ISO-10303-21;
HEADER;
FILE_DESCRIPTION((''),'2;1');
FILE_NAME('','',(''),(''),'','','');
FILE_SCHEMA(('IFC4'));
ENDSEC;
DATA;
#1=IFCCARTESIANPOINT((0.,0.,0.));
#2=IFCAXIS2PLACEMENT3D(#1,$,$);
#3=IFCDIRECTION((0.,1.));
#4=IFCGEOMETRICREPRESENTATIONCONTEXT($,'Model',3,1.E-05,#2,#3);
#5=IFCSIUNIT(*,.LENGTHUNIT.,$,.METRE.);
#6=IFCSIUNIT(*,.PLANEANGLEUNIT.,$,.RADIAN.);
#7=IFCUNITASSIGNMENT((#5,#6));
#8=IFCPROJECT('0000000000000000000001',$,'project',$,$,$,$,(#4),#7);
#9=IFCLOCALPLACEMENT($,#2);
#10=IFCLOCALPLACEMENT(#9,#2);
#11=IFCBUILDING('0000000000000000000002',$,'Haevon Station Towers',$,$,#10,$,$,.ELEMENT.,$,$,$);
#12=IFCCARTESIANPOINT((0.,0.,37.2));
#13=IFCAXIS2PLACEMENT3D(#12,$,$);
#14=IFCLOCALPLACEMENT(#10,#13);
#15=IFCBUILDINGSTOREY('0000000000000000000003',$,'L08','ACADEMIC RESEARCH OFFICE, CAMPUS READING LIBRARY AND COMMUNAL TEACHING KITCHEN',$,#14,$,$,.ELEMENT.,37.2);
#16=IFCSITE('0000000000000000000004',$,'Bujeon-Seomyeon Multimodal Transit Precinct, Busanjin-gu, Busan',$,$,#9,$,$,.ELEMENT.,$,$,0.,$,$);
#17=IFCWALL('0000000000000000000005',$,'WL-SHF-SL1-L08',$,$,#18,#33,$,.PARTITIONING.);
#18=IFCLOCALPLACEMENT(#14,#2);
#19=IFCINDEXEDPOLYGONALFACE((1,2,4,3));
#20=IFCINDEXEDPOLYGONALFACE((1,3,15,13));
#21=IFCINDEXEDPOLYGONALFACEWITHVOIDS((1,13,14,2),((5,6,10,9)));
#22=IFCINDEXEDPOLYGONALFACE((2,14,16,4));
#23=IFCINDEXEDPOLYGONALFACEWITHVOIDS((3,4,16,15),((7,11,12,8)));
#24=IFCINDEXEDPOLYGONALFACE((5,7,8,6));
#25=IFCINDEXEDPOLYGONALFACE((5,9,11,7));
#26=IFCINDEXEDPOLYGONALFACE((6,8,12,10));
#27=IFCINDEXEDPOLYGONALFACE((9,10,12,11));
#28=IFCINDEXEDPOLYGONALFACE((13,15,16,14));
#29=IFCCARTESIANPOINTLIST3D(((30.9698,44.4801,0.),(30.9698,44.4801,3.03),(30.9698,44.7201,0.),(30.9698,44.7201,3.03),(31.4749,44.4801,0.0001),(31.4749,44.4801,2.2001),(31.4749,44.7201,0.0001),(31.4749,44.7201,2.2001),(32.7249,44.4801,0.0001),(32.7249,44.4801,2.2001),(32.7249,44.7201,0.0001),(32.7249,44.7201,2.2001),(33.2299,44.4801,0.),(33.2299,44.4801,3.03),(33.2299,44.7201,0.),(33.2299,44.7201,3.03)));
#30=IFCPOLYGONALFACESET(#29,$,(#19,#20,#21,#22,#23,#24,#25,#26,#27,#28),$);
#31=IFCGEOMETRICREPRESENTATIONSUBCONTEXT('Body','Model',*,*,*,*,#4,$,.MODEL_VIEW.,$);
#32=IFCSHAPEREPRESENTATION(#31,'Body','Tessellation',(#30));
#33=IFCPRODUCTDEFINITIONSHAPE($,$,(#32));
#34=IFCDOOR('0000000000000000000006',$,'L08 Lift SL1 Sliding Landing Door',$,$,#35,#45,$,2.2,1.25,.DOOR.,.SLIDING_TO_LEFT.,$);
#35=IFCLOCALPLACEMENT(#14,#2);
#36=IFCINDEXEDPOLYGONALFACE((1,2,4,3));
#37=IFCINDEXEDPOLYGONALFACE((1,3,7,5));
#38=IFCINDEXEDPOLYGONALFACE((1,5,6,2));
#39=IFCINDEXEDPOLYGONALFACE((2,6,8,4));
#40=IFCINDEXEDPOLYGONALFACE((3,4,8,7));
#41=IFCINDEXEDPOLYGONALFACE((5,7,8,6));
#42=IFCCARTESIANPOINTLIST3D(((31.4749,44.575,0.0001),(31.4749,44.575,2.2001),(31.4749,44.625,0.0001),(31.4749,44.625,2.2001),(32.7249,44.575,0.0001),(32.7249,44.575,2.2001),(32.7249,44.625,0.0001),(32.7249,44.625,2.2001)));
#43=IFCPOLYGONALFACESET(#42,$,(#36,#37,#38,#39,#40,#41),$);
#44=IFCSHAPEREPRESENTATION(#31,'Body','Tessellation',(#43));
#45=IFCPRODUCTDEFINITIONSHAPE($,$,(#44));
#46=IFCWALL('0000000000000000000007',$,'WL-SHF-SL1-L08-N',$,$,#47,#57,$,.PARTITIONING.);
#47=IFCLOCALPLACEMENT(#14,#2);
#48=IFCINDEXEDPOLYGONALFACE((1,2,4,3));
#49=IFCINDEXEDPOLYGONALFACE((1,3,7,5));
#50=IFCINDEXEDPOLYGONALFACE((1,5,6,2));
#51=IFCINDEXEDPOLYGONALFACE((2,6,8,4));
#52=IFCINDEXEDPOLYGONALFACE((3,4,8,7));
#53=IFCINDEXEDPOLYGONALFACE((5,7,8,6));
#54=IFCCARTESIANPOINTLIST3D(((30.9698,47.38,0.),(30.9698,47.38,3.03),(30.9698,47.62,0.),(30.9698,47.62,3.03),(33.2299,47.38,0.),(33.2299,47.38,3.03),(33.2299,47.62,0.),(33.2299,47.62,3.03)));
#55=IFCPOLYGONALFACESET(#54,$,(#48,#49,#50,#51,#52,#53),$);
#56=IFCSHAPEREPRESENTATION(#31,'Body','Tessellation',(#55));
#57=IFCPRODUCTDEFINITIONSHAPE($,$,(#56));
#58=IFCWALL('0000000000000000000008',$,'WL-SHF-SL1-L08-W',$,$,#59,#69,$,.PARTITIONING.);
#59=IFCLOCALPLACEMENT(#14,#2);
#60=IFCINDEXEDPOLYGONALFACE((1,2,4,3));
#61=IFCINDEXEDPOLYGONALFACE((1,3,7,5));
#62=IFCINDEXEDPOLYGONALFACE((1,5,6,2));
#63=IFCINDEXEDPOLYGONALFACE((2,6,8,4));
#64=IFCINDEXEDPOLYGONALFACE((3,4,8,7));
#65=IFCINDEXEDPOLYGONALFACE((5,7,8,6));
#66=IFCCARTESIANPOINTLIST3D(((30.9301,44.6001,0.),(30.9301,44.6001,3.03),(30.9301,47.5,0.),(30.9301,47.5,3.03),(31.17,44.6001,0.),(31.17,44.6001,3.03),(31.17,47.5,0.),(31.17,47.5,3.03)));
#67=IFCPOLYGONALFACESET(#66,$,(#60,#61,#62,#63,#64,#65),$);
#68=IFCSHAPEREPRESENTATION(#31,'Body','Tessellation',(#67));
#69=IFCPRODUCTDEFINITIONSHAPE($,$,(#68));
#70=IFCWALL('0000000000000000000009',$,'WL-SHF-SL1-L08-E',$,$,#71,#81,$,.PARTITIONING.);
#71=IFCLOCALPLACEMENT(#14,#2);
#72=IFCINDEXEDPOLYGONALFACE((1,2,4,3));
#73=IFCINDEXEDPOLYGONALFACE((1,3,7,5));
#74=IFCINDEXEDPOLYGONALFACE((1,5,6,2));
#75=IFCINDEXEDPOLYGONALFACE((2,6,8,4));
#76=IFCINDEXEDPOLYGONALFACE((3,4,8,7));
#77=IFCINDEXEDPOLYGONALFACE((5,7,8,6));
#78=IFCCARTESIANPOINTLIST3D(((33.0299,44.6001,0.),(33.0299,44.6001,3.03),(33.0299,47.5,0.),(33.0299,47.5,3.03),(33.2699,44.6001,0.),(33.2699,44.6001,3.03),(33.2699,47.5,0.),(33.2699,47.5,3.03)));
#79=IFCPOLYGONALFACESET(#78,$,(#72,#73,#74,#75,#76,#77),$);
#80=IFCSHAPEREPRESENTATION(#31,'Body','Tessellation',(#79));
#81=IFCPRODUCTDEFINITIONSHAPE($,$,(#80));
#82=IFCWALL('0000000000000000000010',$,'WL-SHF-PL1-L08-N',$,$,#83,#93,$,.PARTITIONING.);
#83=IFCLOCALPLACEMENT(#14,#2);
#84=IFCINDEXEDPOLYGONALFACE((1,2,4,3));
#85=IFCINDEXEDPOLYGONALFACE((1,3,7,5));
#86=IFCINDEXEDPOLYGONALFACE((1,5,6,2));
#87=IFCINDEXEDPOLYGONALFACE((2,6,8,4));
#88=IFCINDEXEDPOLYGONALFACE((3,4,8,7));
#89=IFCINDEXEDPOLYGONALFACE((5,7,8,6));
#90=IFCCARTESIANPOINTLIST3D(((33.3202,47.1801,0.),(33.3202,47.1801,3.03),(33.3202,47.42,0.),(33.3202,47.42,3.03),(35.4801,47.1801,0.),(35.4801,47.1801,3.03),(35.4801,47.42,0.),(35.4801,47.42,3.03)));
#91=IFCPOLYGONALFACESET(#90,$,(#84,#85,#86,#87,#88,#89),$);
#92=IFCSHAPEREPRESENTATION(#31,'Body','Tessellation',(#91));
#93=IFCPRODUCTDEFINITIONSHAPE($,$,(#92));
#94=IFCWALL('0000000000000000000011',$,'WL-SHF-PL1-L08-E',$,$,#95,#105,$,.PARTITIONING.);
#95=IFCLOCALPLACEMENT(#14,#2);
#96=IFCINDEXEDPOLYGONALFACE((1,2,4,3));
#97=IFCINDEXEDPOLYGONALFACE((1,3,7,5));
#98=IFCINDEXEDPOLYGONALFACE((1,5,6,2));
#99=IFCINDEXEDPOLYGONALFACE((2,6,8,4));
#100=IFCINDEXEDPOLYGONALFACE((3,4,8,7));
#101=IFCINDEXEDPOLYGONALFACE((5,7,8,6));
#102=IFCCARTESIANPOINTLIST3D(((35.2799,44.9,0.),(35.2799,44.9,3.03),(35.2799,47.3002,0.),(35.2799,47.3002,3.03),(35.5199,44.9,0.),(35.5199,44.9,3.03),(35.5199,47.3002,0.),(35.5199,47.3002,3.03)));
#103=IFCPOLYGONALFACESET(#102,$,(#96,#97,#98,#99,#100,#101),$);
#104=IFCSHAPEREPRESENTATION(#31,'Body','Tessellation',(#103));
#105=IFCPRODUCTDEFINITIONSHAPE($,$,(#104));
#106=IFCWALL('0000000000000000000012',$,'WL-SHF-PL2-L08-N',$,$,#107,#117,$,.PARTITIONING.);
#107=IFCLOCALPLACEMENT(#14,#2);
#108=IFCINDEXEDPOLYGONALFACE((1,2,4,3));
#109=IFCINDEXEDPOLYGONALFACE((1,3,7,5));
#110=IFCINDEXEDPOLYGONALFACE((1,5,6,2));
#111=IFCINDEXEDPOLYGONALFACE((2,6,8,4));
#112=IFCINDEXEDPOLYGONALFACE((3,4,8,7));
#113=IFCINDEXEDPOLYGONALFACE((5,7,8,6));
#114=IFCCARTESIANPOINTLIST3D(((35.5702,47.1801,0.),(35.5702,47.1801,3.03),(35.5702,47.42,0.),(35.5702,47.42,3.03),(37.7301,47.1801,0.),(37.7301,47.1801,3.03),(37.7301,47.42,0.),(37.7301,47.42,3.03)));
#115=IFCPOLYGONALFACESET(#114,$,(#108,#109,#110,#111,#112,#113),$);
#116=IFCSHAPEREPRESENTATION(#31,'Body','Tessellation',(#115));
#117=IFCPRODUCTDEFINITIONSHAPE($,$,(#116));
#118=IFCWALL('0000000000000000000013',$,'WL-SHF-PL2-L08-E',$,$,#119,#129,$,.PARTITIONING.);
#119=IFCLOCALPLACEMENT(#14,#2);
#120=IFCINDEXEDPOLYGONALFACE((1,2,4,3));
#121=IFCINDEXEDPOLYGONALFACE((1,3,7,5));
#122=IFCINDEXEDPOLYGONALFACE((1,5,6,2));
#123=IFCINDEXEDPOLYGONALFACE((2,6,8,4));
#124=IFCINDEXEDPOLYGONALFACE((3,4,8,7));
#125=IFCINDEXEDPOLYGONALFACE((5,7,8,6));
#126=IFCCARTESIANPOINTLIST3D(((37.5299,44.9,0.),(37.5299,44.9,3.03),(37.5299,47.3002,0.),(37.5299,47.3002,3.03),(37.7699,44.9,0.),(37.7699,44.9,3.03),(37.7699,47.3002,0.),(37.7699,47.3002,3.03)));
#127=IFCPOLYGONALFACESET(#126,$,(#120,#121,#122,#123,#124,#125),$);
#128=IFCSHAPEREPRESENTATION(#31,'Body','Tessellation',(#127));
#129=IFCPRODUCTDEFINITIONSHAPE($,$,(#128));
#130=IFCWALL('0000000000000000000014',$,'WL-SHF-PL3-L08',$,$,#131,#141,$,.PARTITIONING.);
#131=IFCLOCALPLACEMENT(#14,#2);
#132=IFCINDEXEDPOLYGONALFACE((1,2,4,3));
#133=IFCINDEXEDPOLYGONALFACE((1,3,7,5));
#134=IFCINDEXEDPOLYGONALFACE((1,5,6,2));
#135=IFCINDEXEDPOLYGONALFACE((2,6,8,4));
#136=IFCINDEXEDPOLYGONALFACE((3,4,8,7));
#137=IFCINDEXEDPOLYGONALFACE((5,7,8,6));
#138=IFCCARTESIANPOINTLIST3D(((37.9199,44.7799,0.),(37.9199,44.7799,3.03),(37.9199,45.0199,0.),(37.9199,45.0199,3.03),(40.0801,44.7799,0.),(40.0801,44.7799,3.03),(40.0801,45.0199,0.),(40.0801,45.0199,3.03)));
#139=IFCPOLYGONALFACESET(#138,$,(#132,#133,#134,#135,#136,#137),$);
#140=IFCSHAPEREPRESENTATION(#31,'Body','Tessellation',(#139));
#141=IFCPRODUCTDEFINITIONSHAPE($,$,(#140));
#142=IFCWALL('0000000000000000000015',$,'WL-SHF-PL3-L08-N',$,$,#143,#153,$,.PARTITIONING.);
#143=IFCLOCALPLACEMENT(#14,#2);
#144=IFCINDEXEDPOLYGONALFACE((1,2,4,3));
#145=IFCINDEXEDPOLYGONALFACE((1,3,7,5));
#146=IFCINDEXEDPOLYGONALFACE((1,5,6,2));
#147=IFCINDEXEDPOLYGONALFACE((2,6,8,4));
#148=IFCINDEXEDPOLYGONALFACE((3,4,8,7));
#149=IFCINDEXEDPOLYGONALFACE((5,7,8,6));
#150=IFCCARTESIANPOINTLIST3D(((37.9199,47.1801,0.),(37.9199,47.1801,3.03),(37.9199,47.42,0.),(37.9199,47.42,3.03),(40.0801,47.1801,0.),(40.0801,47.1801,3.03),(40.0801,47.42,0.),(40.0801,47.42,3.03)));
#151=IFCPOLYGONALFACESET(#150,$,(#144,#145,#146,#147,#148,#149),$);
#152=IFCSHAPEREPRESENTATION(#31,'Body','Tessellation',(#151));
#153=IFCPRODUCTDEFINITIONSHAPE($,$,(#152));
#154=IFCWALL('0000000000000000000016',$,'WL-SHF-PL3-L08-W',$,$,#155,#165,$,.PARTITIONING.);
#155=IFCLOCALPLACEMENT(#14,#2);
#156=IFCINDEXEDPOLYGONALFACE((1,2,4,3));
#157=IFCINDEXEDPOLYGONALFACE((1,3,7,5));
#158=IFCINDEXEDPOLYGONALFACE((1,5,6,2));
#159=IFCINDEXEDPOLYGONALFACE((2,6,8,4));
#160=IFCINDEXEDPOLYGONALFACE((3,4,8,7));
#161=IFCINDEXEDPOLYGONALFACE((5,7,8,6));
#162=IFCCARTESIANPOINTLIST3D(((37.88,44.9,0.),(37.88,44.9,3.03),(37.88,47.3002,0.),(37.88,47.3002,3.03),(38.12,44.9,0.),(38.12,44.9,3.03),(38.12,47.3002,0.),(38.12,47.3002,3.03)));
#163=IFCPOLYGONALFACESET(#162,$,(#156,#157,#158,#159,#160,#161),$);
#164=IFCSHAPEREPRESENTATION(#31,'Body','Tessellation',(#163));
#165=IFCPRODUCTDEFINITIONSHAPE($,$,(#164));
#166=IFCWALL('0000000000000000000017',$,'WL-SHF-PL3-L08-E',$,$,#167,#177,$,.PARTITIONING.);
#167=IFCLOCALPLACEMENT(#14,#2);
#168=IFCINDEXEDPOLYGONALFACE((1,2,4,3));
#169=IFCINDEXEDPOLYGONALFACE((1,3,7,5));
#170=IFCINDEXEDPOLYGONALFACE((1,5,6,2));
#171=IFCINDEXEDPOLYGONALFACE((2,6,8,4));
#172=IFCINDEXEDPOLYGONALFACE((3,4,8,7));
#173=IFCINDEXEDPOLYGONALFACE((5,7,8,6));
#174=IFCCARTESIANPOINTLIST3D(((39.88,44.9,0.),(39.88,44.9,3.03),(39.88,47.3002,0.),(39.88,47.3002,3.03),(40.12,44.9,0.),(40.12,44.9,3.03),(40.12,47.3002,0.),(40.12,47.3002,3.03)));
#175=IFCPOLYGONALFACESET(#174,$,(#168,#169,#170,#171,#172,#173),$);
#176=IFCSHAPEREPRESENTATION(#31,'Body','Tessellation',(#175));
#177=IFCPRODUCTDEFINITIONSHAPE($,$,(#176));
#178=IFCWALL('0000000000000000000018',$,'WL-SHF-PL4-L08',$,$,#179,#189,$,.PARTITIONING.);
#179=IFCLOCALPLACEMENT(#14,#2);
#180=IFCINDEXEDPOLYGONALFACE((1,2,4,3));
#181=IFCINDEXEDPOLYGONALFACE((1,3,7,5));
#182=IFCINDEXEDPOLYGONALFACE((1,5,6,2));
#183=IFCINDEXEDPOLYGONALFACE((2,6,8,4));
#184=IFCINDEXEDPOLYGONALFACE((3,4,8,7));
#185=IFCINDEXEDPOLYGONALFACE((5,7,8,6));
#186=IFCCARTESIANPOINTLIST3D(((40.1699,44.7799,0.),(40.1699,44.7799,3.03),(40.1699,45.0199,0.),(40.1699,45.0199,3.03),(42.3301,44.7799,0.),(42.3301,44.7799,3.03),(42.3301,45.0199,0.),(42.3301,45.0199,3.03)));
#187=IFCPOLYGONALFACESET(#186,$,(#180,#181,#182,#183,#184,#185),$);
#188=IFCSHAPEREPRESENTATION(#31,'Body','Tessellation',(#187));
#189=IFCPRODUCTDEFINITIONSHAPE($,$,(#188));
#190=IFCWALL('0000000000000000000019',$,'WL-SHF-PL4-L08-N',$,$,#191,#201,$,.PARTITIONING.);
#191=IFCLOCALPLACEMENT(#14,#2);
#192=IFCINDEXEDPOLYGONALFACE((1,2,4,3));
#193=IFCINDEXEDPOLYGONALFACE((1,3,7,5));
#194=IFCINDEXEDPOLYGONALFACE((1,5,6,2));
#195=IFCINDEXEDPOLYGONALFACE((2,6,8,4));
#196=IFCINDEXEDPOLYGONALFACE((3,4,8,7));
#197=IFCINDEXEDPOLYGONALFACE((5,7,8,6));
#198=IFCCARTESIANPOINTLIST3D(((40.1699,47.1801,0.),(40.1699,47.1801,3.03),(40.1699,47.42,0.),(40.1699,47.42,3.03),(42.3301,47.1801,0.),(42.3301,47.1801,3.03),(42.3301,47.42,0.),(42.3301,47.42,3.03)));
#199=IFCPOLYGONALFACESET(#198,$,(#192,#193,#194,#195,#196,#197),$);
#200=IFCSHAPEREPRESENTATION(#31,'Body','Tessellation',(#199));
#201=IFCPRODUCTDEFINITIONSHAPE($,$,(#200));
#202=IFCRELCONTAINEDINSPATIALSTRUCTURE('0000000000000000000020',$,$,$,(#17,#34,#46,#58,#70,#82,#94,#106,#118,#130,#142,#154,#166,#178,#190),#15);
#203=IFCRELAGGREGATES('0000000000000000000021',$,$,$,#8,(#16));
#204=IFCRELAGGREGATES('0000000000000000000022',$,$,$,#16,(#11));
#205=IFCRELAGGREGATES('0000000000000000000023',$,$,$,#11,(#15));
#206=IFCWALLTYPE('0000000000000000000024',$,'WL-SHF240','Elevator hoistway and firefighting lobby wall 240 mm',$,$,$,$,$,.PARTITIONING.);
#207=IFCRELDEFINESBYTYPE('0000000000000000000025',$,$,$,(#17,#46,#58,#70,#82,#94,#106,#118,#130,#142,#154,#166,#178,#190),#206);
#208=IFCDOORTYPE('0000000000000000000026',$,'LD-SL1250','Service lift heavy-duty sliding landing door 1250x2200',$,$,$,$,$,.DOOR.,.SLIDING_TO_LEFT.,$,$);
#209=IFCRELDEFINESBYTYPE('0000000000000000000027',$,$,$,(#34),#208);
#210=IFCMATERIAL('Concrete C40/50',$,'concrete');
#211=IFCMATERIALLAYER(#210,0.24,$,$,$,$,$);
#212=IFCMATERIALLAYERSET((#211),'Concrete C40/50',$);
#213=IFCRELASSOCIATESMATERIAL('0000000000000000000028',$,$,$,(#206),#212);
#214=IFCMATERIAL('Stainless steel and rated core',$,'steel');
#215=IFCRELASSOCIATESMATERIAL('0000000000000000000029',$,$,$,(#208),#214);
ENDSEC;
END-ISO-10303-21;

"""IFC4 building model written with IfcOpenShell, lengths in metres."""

from ifc_helpers import new_model, si_unit, direction, frame, frame_2d, origin, place, context, subcontext, project, spatial, rectangle, extrude, material, layer, layer_set, type_object, element, fill, save


model = new_model("IFC4")

# Units and contexts
model_context = context("Model", 3, precision=1e-05, world=origin(), true_north=direction((0.0, 1.0)))
body_context = subcontext(model_context, "Body", "Model", "MODEL_VIEW")
ifc_project = project(units=[si_unit("LENGTHUNIT", "METRE"), si_unit("PLANEANGLEUNIT", "RADIAN")], contexts=[model_context])

# Site, building, storey
site_placement = place(None, origin())
site = spatial("IfcSite", under=ifc_project, at=site_placement, Name="Bujeon-Seomyeon Multimodal Transit Precinct, Busanjin-gu, Busan", CompositionType="ELEMENT", RefElevation=0.0)
building_placement = place(site_placement, origin())
building = spatial("IfcBuilding", under=site, at=building_placement, Name="Haevon Station Towers", CompositionType="ELEMENT")
storey_placement = place(building_placement, frame((0.0, 0.0, 37.2)))
storey = spatial("IfcBuildingStorey", under=building, at=storey_placement, Name="L08", Description="ACADEMIC RESEARCH OFFICE, CAMPUS READING LIBRARY AND COMMUNAL TEACHING KITCHEN", CompositionType="ELEMENT", Elevation=37.2)

# Wall, opening, door
ifc_material_1 = material(Name="Concrete C40/50", Category="concrete")
ifc_layer_1 = layer(ifc_material_1, 0.24)
ifc_layer_set_1 = layer_set([ifc_layer_1], Name="Concrete C40/50")
wall_type_1 = type_object("IfcWallType", Name="WL-SHF240", Description="Elevator hoistway and firefighting lobby wall 240 mm", PredefinedType="PARTITIONING", material=ifc_layer_set_1)
wall_1_placement = place(storey_placement, frame((30.97, 44.6001, 0.0), z_axis=(0.0, 0.0, 1.0), x_axis=(1.0, 0.0, 0.0)))
wall_1 = element("IfcWall", 1, at=wall_1_placement, inside=storey, type_object=wall_type_1, Name="WL-SHF-SL1-L08", PredefinedType="PARTITIONING", context=body_context, shape_type="SweptSolid", body=[
    extrude(rectangle(XDim=2.26, YDim=0.24, at=frame_2d((1.1299, 0.0))), origin(), (0.0, 0.0, 1.0), 3.03),
])
opening_1_placement = place(wall_1_placement, frame((0.5049, 0.0, 0.0)))
opening_1 = element("IfcOpeningElement", 2, at=opening_1_placement, cuts=wall_1, PredefinedType="OPENING", context=body_context, shape_type="SweptSolid", body=[
    extrude(rectangle(XDim=1.25, YDim=2.2, at=frame_2d((0.625, 1.1001))), frame((0.0, 0.1299, 0.0), z_axis=(0.0, -1.0, 0.0), x_axis=(1.0, 0.0, 0.0)), (0.0, 0.0, 1.0), 0.26),
])
ifc_material_2 = material(Name="Stainless steel and rated core", Category="steel")
door_type_1 = type_object("IfcDoorType", Name="LD-SL1250", Description="Service lift heavy-duty sliding landing door 1250x2200", OperationType="SLIDING_TO_LEFT", PredefinedType="DOOR", material=ifc_material_2)
door_1_placement = place(opening_1_placement, origin())
door_1 = element("IfcDoor", 3, at=door_1_placement, inside=storey, type_object=door_type_1, Name="L08 Lift SL1 Sliding Landing Door", OperationType="SLIDING_TO_LEFT", OverallHeight=2.2, OverallWidth=1.25, PredefinedType="DOOR", context=body_context, shape_type="SweptSolid", body=[
    extrude(rectangle(XDim=1.25, YDim=2.2, at=frame_2d((0.625, 1.1001))), frame((0.0, 0.0249, 0.0), z_axis=(0.0, -1.0, 0.0), x_axis=(1.0, 0.0, 0.0)), (0.0, 0.0, 1.0), 0.05),
])
fill(opening_1, door_1)

# Walls
wall_2_placement = place(storey_placement, frame((30.97, 47.5, 0.0), z_axis=(0.0, 0.0, 1.0), x_axis=(1.0, 0.0, 0.0)))
element("IfcWall", 4, at=wall_2_placement, inside=storey, type_object=wall_type_1, Name="WL-SHF-SL1-L08-N", PredefinedType="PARTITIONING", context=body_context, shape_type="SweptSolid", body=[
    extrude(rectangle(XDim=2.26, YDim=0.24, at=frame_2d((1.1299, 0.0))), origin(), (0.0, 0.0, 1.0), 3.03),
])
for number, where, z_axis, x_axis, name in (
    (5, (31.05, 44.6001, 0.0), (0.0, 0.0, 1.0), (0.0, 1.0, 0.0), "WL-SHF-SL1-L08-W"),
    (6, (33.1499, 44.6001, 0.0), (0.0, 0.0, 1.0), (0.0, 1.0, 0.0), "WL-SHF-SL1-L08-E"),
):
    element("IfcWall", number, at=place(storey_placement, frame(where, z_axis=z_axis, x_axis=x_axis)), inside=storey, type_object=wall_type_1, Name=name, PredefinedType="PARTITIONING", context=body_context, shape_type="SweptSolid", body=[
        extrude(rectangle(XDim=2.8999, YDim=0.24, at=frame_2d((1.45, 0.0))), origin(), (0.0, 0.0, 1.0), 3.03),
    ])

# Walls
wall_3_placement = place(storey_placement, frame((33.3201, 47.3, 0.0), z_axis=(0.0, 0.0, 1.0), x_axis=(1.0, 0.0, 0.0)))
element("IfcWall", 7, at=wall_3_placement, inside=storey, type_object=wall_type_1, Name="WL-SHF-PL1-L08-N", PredefinedType="PARTITIONING", context=body_context, shape_type="SweptSolid", body=[
    extrude(rectangle(XDim=2.1599, YDim=0.24, at=frame_2d((1.0801, 0.0))), origin(), (0.0, 0.0, 1.0), 3.03),
])
wall_4_placement = place(storey_placement, frame((35.3999, 44.8999, 0.0), z_axis=(0.0, 0.0, 1.0), x_axis=(0.0, 1.0, 0.0)))
element("IfcWall", 8, at=wall_4_placement, inside=storey, type_object=wall_type_1, Name="WL-SHF-PL1-L08-E", PredefinedType="PARTITIONING", context=body_context, shape_type="SweptSolid", body=[
    extrude(rectangle(XDim=2.4001, YDim=0.24, at=frame_2d((1.2002, 0.0))), origin(), (0.0, 0.0, 1.0), 3.03),
])

# Walls
wall_5_placement = place(storey_placement, frame((35.5701, 47.3, 0.0), z_axis=(0.0, 0.0, 1.0), x_axis=(1.0, 0.0, 0.0)))
element("IfcWall", 9, at=wall_5_placement, inside=storey, type_object=wall_type_1, Name="WL-SHF-PL2-L08-N", PredefinedType="PARTITIONING", context=body_context, shape_type="SweptSolid", body=[
    extrude(rectangle(XDim=2.1599, YDim=0.24, at=frame_2d((1.0801, 0.0))), origin(), (0.0, 0.0, 1.0), 3.03),
])
wall_6_placement = place(storey_placement, frame((37.6499, 44.8999, 0.0), z_axis=(0.0, 0.0, 1.0), x_axis=(0.0, 1.0, 0.0)))
element("IfcWall", 10, at=wall_6_placement, inside=storey, type_object=wall_type_1, Name="WL-SHF-PL2-L08-E", PredefinedType="PARTITIONING", context=body_context, shape_type="SweptSolid", body=[
    extrude(rectangle(XDim=2.4001, YDim=0.24, at=frame_2d((1.2002, 0.0))), origin(), (0.0, 0.0, 1.0), 3.03),
])
for number, where, z_axis, x_axis, name in (
    (11, (37.9199, 44.8999, 0.0), (0.0, 0.0, 1.0), (1.0, 0.0, 0.0), "WL-SHF-PL3-L08"),
    (12, (37.9199, 47.3, 0.0), (0.0, 0.0, 1.0), (1.0, 0.0, 0.0), "WL-SHF-PL3-L08-N"),
):
    element("IfcWall", number, at=place(storey_placement, frame(where, z_axis=z_axis, x_axis=x_axis)), inside=storey, type_object=wall_type_1, Name=name, PredefinedType="PARTITIONING", context=body_context, shape_type="SweptSolid", body=[
        extrude(rectangle(XDim=2.1602, YDim=0.24, at=frame_2d((1.0801, 0.0))), origin(), (0.0, 0.0, 1.0), 3.03),
    ])
for number, where, z_axis, x_axis, name in (
    (13, (38.0, 44.8999, 0.0), (0.0, 0.0, 1.0), (0.0, 1.0, 0.0), "WL-SHF-PL3-L08-W"),
    (14, (40.0, 44.8999, 0.0), (0.0, 0.0, 1.0), (0.0, 1.0, 0.0), "WL-SHF-PL3-L08-E"),
):
    element("IfcWall", number, at=place(storey_placement, frame(where, z_axis=z_axis, x_axis=x_axis)), inside=storey, type_object=wall_type_1, Name=name, PredefinedType="PARTITIONING", context=body_context, shape_type="SweptSolid", body=[
        extrude(rectangle(XDim=2.4001, YDim=0.24, at=frame_2d((1.2002, 0.0))), origin(), (0.0, 0.0, 1.0), 3.03),
    ])
for number, where, z_axis, x_axis, name in (
    (15, (40.1699, 44.8999, 0.0), (0.0, 0.0, 1.0), (1.0, 0.0, 0.0), "WL-SHF-PL4-L08"),
    (16, (40.1699, 47.3, 0.0), (0.0, 0.0, 1.0), (1.0, 0.0, 0.0), "WL-SHF-PL4-L08-N"),
):
    element("IfcWall", number, at=place(storey_placement, frame(where, z_axis=z_axis, x_axis=x_axis)), inside=storey, type_object=wall_type_1, Name=name, PredefinedType="PARTITIONING", context=body_context, shape_type="SweptSolid", body=[
        extrude(rectangle(XDim=2.1602, YDim=0.24, at=frame_2d((1.0801, 0.0))), origin(), (0.0, 0.0, 1.0), 3.03),
    ])

save(model, "model.ifc")
